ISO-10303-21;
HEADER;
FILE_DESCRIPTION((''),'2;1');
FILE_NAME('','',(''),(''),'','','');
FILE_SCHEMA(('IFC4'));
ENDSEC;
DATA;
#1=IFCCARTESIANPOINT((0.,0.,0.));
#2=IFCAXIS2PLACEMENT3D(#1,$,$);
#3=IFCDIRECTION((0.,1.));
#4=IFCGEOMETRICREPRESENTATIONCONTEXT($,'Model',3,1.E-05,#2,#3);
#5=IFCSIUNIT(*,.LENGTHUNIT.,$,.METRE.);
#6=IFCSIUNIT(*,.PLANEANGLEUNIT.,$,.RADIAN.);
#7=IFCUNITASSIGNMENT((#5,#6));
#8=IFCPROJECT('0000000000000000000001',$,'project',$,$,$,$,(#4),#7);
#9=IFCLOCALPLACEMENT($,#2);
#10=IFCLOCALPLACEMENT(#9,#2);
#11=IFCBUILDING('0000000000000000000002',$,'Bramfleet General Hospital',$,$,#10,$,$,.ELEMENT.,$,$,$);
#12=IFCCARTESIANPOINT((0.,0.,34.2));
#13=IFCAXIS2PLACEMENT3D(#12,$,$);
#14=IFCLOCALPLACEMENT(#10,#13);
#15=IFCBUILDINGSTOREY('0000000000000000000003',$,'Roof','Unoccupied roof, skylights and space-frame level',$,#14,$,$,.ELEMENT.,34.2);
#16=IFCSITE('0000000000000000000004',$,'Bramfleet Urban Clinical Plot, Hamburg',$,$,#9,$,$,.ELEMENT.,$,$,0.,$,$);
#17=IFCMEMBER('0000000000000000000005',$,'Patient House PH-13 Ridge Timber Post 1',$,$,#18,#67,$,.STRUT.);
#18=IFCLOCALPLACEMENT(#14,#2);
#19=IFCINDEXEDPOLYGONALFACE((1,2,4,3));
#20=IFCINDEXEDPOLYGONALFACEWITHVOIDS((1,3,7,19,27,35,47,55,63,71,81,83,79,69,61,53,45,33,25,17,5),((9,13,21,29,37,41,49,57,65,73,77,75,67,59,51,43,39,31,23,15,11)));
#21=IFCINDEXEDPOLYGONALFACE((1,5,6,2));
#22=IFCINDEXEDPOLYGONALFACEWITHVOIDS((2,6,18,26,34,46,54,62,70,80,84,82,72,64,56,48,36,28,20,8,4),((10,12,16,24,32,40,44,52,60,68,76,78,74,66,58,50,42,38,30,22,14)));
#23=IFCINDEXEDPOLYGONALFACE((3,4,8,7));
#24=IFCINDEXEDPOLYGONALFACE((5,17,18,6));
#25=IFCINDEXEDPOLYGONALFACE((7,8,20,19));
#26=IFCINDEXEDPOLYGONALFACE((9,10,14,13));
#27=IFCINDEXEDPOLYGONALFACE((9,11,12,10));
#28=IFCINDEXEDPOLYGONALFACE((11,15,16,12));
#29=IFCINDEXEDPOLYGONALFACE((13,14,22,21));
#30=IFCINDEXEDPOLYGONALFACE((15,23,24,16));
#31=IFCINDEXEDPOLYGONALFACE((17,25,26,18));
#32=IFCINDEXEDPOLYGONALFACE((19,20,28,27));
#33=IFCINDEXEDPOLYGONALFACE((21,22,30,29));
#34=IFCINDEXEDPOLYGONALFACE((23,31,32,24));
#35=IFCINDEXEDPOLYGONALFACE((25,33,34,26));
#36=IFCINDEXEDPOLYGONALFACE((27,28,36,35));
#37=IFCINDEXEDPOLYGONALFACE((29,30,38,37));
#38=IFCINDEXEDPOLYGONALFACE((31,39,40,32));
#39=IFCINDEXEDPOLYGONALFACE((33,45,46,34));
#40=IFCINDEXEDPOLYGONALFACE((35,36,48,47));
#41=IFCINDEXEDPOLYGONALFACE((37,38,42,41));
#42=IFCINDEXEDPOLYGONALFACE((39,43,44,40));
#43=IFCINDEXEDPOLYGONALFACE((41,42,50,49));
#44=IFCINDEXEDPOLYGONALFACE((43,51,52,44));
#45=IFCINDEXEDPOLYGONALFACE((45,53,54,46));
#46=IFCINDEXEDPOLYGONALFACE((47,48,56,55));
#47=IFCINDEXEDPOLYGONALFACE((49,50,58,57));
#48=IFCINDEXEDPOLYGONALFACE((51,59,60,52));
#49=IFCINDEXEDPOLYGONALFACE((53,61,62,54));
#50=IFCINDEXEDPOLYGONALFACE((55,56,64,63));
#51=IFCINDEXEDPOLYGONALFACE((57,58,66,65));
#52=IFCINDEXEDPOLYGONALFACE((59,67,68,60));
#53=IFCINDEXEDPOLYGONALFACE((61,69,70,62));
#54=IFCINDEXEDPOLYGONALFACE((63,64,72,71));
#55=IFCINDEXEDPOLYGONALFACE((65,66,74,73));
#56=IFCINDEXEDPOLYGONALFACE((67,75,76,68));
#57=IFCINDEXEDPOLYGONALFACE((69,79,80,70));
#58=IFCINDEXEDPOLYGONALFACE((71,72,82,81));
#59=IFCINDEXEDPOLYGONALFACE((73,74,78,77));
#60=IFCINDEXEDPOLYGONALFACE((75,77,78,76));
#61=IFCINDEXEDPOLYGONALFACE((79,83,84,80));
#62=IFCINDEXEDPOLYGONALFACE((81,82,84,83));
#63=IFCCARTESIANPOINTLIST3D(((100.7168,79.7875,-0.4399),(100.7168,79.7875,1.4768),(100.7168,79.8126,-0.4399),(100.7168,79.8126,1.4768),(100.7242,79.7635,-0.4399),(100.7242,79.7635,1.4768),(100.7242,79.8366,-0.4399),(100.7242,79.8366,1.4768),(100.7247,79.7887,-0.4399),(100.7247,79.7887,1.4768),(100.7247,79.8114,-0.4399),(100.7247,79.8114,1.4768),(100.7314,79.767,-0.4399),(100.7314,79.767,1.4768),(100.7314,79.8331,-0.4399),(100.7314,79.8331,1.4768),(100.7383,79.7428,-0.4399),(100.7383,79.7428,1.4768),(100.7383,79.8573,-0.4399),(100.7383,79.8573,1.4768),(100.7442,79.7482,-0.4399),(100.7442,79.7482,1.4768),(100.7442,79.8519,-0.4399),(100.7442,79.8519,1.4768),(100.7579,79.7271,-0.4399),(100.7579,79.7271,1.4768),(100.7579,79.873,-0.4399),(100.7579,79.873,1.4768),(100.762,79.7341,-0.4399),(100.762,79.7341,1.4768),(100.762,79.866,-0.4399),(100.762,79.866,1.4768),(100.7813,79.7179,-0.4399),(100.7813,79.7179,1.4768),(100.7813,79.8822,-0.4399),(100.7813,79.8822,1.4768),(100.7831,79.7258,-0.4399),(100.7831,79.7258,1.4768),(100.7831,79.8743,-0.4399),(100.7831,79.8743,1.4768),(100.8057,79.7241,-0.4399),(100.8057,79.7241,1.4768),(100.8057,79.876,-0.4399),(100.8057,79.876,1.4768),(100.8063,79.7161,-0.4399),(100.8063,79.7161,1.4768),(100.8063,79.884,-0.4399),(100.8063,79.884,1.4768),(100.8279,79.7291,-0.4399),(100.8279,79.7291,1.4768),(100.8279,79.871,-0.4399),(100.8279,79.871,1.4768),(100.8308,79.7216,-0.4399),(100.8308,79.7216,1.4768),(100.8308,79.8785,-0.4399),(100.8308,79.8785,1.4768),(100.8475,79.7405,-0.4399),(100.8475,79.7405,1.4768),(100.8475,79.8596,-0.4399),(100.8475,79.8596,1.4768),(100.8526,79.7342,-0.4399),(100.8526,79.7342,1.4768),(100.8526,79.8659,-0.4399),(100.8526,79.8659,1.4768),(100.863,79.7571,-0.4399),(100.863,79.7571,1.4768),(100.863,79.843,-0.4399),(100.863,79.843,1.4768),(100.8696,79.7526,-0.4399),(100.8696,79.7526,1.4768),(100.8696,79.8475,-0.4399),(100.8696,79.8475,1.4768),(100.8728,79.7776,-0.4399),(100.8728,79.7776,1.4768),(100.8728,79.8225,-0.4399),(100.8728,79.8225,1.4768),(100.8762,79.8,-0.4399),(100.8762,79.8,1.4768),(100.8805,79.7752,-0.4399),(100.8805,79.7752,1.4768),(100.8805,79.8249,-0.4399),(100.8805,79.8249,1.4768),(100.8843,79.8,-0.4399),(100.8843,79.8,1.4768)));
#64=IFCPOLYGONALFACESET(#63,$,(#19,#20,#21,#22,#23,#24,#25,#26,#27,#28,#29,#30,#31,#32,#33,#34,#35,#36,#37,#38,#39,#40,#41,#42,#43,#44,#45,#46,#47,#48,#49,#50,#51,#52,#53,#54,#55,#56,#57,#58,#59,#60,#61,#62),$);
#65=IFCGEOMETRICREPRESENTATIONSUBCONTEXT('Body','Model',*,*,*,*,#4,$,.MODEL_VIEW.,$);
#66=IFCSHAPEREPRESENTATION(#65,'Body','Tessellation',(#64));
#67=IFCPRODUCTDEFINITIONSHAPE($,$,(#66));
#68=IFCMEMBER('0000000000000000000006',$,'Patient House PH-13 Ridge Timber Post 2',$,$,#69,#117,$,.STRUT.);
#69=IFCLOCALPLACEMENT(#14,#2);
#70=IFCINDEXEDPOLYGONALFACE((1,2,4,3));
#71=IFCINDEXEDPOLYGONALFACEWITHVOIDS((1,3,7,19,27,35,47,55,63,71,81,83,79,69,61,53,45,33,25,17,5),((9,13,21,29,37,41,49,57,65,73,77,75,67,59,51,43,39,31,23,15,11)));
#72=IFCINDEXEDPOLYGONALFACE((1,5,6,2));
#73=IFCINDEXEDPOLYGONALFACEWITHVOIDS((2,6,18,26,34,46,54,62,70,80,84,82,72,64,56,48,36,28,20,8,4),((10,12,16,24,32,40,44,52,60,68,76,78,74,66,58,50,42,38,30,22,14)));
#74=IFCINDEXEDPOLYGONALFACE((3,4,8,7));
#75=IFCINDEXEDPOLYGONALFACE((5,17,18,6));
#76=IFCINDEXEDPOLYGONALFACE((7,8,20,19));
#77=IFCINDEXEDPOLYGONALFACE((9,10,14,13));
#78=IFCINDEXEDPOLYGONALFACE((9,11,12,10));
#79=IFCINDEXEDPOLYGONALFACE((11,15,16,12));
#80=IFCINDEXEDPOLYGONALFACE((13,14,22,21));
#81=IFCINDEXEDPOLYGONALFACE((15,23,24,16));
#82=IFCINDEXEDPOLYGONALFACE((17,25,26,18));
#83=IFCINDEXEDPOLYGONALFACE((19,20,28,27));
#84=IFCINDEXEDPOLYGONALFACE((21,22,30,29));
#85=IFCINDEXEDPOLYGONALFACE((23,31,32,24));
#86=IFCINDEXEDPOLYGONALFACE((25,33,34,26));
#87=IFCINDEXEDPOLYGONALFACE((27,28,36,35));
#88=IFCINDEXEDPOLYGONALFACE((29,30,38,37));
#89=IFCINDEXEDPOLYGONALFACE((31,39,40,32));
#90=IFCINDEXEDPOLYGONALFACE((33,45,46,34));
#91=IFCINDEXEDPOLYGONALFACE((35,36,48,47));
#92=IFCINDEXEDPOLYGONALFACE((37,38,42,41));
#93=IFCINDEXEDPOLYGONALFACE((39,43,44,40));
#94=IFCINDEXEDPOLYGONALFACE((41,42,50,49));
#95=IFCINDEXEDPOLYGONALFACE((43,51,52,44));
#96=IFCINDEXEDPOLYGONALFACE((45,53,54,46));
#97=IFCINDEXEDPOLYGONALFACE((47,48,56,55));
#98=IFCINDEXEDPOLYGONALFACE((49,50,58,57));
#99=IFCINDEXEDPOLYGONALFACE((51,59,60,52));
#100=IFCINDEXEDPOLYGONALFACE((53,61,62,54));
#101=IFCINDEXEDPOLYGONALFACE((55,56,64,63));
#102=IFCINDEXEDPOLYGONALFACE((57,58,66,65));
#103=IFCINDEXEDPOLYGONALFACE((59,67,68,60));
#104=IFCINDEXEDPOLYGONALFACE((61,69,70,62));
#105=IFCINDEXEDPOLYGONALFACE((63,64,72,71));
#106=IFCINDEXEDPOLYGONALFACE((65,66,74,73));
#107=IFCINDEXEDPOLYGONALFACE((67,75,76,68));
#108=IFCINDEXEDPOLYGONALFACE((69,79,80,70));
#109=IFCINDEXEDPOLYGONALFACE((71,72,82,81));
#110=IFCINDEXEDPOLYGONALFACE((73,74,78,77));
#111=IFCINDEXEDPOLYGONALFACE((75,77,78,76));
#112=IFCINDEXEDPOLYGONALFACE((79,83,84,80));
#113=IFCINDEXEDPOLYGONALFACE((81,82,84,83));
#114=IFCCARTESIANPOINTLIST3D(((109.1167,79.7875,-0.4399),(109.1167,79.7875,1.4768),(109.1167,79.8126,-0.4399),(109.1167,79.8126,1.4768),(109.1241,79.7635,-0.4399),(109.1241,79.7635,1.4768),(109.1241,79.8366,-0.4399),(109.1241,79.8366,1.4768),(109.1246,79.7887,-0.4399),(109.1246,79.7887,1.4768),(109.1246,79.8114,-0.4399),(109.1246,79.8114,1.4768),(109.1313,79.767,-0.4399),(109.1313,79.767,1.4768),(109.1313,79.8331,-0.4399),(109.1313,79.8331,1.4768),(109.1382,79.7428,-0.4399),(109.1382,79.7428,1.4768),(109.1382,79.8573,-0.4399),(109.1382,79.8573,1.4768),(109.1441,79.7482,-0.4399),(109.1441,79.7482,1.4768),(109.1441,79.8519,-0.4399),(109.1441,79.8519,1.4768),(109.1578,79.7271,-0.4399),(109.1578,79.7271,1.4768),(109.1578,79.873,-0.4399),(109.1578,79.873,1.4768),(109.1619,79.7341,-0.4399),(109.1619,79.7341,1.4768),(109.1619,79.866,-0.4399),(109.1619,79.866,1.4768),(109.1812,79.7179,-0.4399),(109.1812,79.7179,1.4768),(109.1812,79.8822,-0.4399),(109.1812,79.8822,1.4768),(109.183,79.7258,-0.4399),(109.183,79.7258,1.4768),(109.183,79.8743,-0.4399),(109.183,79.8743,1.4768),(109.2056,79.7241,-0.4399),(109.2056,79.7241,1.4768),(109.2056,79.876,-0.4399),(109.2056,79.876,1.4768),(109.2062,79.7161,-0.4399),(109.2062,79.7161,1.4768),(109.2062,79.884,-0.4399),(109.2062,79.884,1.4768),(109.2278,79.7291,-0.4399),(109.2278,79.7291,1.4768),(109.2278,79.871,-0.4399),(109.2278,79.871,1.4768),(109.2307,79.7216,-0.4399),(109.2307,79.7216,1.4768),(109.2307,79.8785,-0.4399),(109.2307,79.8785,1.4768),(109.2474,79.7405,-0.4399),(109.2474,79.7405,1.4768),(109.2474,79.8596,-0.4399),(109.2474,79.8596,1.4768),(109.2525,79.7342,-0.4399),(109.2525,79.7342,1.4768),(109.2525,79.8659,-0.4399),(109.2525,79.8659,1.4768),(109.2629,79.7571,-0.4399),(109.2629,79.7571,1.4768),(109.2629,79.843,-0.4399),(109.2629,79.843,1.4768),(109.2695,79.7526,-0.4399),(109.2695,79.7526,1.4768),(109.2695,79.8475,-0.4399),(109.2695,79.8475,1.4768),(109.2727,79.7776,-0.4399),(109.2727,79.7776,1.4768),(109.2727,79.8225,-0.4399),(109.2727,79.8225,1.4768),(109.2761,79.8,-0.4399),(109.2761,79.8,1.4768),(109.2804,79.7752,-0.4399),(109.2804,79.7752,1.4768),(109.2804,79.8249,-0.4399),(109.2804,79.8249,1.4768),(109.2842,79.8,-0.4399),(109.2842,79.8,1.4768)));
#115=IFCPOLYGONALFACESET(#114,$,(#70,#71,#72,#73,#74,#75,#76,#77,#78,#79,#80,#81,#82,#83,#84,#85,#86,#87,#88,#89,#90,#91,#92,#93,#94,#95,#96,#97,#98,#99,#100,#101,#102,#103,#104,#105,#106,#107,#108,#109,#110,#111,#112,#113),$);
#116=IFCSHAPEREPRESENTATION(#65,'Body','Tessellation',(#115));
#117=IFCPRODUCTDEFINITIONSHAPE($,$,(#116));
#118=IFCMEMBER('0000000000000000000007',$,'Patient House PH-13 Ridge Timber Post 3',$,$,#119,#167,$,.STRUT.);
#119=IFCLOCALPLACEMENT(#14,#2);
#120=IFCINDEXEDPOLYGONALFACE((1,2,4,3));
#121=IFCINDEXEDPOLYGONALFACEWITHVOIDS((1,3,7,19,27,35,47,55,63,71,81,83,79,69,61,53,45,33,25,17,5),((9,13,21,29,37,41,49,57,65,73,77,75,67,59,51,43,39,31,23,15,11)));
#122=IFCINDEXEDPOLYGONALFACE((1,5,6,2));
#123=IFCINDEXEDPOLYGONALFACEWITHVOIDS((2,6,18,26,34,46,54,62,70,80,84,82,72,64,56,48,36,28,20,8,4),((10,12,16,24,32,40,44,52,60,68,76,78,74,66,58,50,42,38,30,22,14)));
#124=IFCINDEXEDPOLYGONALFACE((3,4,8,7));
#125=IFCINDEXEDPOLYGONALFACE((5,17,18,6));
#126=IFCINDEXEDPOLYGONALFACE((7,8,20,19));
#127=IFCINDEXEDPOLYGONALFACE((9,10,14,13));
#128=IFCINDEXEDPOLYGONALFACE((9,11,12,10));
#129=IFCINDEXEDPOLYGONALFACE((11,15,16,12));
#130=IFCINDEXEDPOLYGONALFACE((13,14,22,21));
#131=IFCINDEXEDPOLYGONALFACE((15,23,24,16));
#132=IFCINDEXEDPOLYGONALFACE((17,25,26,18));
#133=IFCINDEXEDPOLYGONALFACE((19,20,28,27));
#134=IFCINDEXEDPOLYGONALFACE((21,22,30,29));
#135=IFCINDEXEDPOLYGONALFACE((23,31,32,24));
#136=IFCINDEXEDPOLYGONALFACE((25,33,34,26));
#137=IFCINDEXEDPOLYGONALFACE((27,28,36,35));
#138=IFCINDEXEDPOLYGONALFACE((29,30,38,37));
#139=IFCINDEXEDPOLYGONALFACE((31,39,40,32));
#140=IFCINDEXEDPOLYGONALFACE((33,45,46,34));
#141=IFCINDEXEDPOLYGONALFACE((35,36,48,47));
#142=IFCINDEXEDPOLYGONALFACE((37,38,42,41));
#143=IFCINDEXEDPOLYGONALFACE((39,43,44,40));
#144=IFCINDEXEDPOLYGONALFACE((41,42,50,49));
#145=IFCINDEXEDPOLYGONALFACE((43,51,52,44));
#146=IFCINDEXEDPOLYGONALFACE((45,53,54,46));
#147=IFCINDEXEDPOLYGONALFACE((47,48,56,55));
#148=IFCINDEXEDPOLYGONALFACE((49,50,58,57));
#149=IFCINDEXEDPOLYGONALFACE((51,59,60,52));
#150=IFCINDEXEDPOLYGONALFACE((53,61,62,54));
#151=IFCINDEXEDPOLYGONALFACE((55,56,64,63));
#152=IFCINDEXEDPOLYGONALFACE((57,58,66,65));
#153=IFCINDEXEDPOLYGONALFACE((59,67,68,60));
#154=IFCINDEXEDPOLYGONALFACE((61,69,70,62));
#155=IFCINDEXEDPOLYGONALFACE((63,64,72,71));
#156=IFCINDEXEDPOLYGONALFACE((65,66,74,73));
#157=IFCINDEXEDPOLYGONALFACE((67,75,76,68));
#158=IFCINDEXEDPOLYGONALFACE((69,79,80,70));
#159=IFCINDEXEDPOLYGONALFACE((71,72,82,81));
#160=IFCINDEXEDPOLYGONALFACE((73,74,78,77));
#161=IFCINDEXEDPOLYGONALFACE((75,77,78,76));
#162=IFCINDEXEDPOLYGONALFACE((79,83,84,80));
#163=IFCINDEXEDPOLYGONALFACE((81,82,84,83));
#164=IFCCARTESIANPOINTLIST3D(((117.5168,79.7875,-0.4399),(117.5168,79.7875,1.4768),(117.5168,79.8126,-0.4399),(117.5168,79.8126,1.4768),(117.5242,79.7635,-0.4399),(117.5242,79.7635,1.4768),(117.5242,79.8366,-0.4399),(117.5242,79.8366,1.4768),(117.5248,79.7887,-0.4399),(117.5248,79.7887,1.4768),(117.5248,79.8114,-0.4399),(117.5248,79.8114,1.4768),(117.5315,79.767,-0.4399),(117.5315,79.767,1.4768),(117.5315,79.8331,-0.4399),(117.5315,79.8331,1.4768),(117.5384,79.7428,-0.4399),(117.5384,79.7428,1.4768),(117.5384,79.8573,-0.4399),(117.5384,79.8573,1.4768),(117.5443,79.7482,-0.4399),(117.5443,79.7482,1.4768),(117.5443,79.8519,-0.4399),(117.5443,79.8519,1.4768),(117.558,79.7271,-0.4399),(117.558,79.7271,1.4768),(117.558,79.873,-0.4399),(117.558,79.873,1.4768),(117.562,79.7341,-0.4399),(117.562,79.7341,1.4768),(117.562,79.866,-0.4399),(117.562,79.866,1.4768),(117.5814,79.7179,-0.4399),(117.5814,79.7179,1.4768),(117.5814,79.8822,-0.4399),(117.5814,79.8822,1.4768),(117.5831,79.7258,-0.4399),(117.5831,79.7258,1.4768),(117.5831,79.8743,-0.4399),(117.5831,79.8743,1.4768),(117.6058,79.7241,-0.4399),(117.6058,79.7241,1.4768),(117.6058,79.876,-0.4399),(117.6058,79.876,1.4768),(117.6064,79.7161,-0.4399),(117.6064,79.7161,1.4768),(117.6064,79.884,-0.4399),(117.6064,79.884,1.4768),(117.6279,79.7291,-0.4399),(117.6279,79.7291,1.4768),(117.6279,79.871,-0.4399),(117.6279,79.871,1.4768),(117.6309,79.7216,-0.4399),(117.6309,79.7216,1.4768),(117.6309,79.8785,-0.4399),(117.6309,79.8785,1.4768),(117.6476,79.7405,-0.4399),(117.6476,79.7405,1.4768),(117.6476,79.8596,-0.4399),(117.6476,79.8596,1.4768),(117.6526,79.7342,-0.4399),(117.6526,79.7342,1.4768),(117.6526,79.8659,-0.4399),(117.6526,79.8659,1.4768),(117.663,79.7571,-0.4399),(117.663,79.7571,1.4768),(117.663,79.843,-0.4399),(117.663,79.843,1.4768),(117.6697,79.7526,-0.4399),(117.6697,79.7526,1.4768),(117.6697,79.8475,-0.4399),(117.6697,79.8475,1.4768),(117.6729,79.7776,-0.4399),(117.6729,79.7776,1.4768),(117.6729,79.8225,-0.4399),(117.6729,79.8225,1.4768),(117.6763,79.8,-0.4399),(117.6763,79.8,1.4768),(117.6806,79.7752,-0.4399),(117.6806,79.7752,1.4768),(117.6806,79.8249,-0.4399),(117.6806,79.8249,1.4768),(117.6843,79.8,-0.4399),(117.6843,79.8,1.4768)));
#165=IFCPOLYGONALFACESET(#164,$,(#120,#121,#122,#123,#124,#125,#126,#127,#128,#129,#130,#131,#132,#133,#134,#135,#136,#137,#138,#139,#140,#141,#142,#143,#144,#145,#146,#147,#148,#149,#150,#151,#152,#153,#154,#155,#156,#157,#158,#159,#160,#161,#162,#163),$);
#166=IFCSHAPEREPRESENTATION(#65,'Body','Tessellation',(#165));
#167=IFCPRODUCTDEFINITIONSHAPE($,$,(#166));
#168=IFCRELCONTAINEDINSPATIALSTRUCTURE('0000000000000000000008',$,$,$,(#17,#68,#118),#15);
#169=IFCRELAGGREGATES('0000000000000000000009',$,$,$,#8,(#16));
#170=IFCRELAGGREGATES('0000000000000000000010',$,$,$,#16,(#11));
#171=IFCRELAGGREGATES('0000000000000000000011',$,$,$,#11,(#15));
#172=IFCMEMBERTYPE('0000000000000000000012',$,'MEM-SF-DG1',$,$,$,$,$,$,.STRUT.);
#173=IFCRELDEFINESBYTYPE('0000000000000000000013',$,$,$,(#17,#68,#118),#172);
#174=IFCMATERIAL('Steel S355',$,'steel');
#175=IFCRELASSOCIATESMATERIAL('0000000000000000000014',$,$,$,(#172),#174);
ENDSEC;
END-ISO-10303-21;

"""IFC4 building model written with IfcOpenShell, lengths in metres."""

from ifc_helpers import new_model, si_unit, direction, frame, origin, origin_2d, place, context, subcontext, project, spatial, hollow_circle, extrude, material, material_profile, profile_set, type_object, element, save


model = new_model("IFC4")

# Units and contexts
model_context = context("Model", 3, precision=1e-05, world=origin(), true_north=direction((0.0, 1.0)))
body_context = subcontext(model_context, "Body", "Model", "MODEL_VIEW")
ifc_project = project(units=[si_unit("LENGTHUNIT", "METRE"), si_unit("PLANEANGLEUNIT", "RADIAN")], contexts=[model_context])

# Site, building, storey
site_placement = place(None, origin())
site = spatial("IfcSite", under=ifc_project, at=site_placement, Name="Bramfleet Urban Clinical Plot, Hamburg", CompositionType="ELEMENT", RefElevation=0.0)
building_placement = place(site_placement, origin())
building = spatial("IfcBuilding", under=site, at=building_placement, Name="Bramfleet General Hospital", CompositionType="ELEMENT")
storey_placement = place(building_placement, frame((0.0, 0.0, 34.2)))
storey = spatial("IfcBuildingStorey", under=building, at=storey_placement, Name="Roof", Description="Unoccupied roof, skylights and space-frame level", CompositionType="ELEMENT", Elevation=34.2)

# Members
ifc_material_1 = material(Name="Steel S355", Category="steel")
ifc_material_profile_1 = material_profile(ifc_material_1, hollow_circle(Radius=0.0842, WallThickness=0.0081, at=origin_2d()), Name="CHS 168.3x8.0")
ifc_profile_set_1 = profile_set([ifc_material_profile_1], Name="Steel S355")
member_type_1 = type_object("IfcMemberType", Name="MEM-SF-DG1", PredefinedType="STRUT", material=ifc_profile_set_1)
for number, where, z_axis, x_axis, name in (
    (1, (100.8, 79.8, -0.4399), (0.0, 0.0, 1.0), (1.0, 0.0, 0.0), "Patient House PH-13 Ridge Timber Post 1"),
    (2, (109.2, 79.8, -0.4399), (0.0, 0.0, 1.0), (1.0, 0.0, 0.0), "Patient House PH-13 Ridge Timber Post 2"),
    (3, (117.6001, 79.8, -0.4399), (0.0, 0.0, 1.0), (1.0, 0.0, 0.0), "Patient House PH-13 Ridge Timber Post 3"),
):
    element("IfcMember", number, at=place(storey_placement, frame(where, z_axis=z_axis, x_axis=x_axis)), inside=storey, type_object=member_type_1, Name=name, PredefinedType="STRUT", context=body_context, shape_type="SweptSolid", body=[
        extrude(hollow_circle(Radius=0.0842, WallThickness=0.0081, at=origin_2d()), origin(), (0.0, 0.0, 1.0), 1.9167),
    ])

save(model, "model.ifc")
